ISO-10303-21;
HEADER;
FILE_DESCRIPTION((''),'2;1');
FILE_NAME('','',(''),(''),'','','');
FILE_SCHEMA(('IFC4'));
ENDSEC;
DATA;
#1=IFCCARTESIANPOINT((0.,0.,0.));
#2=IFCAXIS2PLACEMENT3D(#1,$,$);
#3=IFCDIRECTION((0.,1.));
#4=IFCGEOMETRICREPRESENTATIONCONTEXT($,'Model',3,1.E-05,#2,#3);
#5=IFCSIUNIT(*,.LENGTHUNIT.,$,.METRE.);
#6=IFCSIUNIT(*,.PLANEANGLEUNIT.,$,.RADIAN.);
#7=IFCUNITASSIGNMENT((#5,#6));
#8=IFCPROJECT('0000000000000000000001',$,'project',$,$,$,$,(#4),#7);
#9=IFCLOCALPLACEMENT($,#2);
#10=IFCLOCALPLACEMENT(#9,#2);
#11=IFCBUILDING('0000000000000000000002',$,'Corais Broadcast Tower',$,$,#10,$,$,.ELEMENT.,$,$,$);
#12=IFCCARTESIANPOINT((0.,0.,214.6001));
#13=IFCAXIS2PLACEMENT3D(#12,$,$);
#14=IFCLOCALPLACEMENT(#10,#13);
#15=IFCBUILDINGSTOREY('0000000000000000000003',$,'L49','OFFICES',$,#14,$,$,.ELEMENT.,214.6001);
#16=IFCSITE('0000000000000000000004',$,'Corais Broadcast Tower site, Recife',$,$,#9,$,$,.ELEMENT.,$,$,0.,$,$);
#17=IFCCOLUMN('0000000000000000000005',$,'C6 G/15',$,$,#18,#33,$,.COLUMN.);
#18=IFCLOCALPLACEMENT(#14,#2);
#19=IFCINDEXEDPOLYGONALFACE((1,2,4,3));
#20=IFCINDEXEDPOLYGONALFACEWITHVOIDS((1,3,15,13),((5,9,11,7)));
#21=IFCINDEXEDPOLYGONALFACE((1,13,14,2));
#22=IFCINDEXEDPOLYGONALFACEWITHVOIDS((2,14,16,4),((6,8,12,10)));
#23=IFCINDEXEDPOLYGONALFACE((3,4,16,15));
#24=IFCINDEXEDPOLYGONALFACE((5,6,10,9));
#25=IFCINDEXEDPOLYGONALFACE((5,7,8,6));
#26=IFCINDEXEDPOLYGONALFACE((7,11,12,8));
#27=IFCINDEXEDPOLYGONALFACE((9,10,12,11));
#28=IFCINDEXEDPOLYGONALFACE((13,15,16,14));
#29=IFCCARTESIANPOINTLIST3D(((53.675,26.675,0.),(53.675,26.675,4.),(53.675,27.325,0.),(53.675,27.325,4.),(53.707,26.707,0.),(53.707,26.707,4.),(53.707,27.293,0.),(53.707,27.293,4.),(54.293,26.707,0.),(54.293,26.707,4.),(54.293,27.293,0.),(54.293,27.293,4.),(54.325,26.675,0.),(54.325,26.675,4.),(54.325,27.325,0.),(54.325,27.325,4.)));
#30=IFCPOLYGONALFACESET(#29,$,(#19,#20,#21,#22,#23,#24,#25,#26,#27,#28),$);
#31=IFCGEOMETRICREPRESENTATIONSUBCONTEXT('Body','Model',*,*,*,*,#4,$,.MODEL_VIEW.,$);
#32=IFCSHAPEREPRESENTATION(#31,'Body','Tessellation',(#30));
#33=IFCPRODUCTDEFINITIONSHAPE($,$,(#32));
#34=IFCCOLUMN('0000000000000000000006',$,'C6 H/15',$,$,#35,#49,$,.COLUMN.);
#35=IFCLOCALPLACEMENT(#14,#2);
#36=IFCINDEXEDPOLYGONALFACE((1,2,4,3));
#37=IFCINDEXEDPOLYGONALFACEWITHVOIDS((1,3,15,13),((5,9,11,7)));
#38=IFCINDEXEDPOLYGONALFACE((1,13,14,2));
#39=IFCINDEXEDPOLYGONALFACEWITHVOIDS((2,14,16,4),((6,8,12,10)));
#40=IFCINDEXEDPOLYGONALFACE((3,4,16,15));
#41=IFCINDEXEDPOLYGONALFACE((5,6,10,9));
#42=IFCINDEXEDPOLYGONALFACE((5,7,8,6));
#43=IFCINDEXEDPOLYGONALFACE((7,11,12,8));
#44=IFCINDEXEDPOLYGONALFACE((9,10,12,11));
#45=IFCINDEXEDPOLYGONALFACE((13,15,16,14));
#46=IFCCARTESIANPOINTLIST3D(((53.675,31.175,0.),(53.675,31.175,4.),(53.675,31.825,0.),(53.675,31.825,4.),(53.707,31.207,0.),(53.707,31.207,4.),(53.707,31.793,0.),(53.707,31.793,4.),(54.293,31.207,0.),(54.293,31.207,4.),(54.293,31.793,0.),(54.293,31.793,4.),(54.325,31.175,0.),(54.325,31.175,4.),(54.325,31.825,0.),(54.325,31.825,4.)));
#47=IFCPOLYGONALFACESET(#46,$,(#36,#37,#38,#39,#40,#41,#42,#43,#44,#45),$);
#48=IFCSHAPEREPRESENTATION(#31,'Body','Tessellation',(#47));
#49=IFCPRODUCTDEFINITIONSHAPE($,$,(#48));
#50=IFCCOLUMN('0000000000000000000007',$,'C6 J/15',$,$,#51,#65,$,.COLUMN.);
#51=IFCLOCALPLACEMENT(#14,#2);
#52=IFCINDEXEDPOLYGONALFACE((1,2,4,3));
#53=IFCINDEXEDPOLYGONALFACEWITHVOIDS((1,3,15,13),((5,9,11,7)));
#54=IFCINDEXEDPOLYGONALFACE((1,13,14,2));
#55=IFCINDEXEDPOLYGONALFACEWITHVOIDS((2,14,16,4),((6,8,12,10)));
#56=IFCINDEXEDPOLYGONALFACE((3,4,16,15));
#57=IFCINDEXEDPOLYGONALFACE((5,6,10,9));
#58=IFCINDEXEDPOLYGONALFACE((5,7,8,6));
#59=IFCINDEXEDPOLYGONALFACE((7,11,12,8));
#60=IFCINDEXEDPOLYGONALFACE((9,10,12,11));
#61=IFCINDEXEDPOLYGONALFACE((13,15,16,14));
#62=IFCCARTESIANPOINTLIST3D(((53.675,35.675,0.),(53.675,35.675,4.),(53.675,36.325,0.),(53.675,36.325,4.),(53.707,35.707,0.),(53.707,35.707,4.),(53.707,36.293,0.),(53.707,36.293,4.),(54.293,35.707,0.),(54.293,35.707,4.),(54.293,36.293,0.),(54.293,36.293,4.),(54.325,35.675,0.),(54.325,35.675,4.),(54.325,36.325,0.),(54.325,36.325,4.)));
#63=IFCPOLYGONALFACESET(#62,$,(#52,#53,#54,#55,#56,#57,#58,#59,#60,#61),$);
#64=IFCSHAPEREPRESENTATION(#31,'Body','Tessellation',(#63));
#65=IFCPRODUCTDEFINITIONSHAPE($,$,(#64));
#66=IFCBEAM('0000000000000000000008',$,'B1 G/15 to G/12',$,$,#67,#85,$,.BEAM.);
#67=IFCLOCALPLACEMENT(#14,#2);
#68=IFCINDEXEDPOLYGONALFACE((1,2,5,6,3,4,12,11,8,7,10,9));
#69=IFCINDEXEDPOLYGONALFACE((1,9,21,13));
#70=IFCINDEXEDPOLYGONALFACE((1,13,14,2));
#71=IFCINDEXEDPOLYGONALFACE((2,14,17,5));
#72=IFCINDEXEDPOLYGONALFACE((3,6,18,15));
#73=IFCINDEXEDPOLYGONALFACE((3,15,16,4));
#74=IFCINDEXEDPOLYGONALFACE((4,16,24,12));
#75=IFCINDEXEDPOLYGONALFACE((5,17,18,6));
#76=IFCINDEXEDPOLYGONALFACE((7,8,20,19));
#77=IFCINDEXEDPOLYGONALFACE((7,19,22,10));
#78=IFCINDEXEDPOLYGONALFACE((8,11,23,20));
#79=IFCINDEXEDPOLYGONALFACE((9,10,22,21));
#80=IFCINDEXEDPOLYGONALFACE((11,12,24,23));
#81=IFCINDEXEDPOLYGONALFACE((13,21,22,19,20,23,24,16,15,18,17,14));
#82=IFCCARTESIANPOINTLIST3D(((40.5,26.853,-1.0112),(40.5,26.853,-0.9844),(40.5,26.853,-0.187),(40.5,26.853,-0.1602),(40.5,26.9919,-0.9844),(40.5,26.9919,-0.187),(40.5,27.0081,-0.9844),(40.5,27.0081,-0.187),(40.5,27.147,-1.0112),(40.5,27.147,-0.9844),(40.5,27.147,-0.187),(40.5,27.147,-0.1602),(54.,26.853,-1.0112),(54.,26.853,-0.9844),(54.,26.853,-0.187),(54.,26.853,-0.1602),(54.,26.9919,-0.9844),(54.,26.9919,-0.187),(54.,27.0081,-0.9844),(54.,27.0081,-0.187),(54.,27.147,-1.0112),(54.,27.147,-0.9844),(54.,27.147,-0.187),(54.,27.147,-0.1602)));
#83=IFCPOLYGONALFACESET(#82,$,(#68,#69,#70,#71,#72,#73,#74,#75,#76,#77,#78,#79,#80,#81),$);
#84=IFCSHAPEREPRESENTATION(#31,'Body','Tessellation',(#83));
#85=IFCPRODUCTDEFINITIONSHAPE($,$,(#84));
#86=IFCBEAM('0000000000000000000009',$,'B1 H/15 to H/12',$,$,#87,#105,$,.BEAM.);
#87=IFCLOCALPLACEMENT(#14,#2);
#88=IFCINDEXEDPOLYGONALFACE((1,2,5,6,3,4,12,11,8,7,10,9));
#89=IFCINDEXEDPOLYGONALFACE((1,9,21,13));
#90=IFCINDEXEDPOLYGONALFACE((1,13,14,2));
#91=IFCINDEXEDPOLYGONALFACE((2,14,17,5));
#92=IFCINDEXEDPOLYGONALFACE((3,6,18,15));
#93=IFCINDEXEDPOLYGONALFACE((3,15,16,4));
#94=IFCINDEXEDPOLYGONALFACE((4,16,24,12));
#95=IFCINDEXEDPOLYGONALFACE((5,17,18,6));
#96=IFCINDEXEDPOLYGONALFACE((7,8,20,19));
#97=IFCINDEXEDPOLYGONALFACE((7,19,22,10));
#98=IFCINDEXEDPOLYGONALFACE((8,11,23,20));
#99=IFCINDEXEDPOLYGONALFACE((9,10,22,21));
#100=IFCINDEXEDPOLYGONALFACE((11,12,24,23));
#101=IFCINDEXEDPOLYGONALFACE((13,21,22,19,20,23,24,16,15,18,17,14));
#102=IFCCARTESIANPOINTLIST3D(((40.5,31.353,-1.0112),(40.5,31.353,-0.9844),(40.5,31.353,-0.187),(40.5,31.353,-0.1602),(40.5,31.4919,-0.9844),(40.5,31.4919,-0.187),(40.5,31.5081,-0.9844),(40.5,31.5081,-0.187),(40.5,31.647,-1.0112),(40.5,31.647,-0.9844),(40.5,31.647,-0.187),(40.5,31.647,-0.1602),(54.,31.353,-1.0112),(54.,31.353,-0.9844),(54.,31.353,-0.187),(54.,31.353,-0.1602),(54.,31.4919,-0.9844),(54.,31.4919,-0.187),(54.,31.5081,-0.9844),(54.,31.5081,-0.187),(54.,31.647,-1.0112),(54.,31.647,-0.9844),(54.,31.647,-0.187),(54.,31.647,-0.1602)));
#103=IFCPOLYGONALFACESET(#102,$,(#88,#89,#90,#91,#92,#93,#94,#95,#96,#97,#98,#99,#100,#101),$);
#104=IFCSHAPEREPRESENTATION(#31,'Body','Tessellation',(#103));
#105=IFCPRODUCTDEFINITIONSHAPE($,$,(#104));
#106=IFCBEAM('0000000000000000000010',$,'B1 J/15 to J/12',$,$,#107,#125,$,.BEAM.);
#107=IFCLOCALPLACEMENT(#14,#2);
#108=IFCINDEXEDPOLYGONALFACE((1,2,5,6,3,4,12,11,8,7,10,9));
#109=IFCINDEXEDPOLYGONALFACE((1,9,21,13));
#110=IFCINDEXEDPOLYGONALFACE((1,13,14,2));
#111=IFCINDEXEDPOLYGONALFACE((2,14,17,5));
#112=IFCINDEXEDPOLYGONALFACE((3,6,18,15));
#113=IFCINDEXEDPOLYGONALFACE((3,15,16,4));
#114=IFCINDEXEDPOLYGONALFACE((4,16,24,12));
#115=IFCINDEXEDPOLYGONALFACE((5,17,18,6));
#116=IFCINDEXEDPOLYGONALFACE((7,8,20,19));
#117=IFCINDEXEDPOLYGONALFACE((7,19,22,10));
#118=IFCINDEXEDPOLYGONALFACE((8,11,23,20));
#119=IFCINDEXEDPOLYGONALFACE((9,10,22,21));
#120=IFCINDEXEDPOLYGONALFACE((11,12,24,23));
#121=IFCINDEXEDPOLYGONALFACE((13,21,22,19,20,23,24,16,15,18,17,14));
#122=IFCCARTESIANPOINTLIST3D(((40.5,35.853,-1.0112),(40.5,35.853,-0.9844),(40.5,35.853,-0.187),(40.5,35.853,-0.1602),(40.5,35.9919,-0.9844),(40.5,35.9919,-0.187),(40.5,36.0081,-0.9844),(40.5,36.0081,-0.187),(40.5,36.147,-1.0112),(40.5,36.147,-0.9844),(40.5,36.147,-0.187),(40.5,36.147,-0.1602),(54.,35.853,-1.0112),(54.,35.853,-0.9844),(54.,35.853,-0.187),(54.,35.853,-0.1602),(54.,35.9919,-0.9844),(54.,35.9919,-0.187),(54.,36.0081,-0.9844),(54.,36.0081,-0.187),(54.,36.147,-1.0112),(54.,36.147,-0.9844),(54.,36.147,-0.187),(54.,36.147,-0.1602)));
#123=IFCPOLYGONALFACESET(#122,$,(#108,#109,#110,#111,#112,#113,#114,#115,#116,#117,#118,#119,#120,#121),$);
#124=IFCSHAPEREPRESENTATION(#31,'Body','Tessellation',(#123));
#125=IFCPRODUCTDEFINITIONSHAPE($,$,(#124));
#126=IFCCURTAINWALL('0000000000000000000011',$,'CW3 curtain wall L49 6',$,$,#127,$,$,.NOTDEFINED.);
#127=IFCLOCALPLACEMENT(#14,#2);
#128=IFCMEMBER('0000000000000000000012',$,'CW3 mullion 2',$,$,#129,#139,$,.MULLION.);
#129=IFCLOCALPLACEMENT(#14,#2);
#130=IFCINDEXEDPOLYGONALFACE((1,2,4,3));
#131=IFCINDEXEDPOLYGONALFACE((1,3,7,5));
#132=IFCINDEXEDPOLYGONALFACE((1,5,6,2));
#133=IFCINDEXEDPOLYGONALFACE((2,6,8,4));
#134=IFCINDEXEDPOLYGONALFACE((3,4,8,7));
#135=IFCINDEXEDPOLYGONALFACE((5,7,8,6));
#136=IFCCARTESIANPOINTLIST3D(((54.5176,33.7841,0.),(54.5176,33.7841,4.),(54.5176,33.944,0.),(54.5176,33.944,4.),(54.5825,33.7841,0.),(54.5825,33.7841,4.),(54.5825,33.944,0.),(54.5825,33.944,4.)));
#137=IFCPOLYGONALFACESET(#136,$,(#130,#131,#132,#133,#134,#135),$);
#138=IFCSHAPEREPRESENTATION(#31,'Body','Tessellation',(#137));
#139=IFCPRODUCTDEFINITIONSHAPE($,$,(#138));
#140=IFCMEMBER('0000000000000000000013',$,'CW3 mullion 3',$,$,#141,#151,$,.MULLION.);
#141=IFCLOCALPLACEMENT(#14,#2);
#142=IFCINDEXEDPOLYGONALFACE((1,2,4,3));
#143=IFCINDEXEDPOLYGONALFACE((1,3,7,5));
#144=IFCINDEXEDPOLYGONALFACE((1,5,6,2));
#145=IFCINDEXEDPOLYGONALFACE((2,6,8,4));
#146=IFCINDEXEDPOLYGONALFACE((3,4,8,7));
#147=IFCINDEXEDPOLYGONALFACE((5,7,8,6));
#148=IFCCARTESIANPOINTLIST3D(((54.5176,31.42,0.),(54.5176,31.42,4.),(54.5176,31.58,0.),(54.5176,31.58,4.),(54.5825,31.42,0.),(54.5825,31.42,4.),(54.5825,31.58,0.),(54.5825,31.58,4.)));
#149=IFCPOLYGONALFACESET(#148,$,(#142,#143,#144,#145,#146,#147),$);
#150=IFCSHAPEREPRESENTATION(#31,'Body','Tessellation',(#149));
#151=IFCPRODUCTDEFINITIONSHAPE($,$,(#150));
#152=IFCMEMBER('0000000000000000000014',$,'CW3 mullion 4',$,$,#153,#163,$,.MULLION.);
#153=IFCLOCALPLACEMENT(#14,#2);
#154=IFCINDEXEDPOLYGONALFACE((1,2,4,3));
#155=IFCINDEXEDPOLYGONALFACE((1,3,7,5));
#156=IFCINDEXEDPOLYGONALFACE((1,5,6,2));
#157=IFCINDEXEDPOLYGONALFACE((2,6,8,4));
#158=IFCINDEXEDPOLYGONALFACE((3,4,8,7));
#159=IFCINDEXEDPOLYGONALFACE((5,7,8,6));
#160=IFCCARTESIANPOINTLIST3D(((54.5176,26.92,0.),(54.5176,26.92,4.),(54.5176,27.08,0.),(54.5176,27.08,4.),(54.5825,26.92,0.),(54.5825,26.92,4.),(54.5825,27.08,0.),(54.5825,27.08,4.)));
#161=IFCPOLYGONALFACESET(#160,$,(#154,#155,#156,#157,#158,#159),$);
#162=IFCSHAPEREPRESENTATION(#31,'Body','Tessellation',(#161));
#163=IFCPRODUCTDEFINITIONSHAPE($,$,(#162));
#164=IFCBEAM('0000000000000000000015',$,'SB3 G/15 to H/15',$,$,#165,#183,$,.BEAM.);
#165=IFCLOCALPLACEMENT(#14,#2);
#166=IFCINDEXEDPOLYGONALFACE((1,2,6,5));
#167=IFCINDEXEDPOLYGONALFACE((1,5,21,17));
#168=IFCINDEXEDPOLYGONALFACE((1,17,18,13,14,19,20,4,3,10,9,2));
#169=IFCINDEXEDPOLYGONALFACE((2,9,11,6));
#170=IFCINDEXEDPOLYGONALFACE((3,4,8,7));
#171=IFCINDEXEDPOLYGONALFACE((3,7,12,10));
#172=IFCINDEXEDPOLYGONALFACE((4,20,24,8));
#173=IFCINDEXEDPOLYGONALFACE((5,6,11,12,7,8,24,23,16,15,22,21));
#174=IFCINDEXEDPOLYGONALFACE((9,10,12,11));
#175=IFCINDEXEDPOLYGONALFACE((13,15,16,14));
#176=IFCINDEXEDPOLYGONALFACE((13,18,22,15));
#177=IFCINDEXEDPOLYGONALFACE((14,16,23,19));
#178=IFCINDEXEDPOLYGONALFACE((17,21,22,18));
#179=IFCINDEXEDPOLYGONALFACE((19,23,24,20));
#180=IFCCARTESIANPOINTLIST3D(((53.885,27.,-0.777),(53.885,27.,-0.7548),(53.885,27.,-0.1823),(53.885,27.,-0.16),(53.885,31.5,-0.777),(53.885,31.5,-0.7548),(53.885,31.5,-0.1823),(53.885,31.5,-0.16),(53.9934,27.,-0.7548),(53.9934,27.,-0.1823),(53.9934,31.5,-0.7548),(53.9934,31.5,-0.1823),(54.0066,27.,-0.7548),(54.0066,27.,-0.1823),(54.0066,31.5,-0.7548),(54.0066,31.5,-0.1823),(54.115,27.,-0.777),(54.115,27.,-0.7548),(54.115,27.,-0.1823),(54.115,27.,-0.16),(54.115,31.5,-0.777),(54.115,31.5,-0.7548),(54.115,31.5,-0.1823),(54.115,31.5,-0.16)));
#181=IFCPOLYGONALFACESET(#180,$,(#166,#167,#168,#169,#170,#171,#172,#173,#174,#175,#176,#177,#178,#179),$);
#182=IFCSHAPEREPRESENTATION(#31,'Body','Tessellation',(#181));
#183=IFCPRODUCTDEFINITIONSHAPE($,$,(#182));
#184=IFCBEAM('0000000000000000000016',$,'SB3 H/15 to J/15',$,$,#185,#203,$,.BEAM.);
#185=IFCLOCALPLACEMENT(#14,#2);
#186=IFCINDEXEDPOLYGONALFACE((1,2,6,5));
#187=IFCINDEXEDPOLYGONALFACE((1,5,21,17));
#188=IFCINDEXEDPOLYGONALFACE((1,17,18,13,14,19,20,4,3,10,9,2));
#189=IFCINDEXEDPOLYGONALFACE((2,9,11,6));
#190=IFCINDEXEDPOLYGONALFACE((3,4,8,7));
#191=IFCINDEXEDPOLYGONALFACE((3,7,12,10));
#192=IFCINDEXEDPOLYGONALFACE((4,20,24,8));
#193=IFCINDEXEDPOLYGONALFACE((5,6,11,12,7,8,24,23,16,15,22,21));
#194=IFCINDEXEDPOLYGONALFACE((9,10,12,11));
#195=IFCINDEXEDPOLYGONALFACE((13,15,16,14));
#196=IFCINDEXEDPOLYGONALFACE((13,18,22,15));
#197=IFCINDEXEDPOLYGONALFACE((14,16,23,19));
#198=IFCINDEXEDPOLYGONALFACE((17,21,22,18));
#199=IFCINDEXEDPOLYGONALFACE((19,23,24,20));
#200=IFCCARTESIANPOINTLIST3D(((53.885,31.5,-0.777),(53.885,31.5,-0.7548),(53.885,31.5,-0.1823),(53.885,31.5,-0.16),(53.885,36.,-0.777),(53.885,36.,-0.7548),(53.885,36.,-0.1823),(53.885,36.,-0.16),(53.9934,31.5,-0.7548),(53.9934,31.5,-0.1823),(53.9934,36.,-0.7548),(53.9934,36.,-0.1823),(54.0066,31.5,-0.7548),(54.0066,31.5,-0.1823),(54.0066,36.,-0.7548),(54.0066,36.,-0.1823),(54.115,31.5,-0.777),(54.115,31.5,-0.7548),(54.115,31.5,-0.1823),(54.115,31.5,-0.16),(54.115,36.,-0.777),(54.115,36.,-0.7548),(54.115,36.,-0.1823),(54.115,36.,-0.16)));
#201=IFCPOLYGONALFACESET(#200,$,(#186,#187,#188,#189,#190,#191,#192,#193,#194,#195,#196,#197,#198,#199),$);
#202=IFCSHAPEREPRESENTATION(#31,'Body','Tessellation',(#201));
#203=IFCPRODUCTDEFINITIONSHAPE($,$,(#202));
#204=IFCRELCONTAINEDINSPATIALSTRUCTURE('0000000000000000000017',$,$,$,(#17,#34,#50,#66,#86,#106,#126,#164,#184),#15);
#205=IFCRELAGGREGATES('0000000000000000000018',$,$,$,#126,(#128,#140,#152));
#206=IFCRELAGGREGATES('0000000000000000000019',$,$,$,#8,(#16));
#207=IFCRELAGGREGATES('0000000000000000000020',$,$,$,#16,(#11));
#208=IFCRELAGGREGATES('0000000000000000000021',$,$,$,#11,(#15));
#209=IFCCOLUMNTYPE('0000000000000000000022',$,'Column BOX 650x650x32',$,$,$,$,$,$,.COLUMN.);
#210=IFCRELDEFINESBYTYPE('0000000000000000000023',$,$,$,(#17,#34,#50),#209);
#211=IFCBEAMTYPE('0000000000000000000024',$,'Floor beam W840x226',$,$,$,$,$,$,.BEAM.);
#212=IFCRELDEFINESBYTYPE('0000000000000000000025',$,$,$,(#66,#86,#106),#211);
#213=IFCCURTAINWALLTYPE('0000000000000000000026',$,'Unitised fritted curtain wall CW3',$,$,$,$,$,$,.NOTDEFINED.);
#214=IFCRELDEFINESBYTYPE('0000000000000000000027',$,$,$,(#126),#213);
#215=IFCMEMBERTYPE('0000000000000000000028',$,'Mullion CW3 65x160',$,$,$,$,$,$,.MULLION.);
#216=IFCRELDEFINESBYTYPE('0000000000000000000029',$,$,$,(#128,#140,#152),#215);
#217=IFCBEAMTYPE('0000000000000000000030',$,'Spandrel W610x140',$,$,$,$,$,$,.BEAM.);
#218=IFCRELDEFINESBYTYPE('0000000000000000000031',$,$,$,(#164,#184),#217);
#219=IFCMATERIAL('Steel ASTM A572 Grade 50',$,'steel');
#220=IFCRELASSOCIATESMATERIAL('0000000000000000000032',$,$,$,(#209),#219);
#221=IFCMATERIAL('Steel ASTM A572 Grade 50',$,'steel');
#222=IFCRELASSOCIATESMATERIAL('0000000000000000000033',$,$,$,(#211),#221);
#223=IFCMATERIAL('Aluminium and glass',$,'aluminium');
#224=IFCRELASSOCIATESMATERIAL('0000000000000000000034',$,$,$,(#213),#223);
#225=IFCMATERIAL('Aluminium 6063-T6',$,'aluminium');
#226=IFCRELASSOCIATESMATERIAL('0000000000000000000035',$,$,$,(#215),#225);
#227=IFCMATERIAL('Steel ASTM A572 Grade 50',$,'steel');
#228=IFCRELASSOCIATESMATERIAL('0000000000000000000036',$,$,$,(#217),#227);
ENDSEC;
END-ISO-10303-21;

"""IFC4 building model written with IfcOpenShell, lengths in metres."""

from ifc_helpers import new_model, si_unit, direction, frame, origin, origin_2d, place, context, subcontext, project, spatial, rectangle, hollow_rectangle, i_section, extrude, material, material_profile, profile_set, type_object, element, aggregate, save


model = new_model("IFC4")

# Units and contexts
model_context = context("Model", 3, precision=1e-05, world=origin(), true_north=direction((0.0, 1.0)))
body_context = subcontext(model_context, "Body", "Model", "MODEL_VIEW")
ifc_project = project(units=[si_unit("LENGTHUNIT", "METRE"), si_unit("PLANEANGLEUNIT", "RADIAN")], contexts=[model_context])

# Site, building, storey
site_placement = place(None, origin())
site = spatial("IfcSite", under=ifc_project, at=site_placement, Name="Corais Broadcast Tower site, Recife", CompositionType="ELEMENT", RefElevation=0.0)
building_placement = place(site_placement, origin())
building = spatial("IfcBuilding", under=site, at=building_placement, Name="Corais Broadcast Tower", CompositionType="ELEMENT")
storey_placement = place(building_placement, frame((0.0, 0.0, 214.6001)))
storey = spatial("IfcBuildingStorey", under=building, at=storey_placement, Name="L49", Description="OFFICES", CompositionType="ELEMENT", Elevation=214.6001)

# Columns
ifc_material_1 = material(Name="Steel ASTM A572 Grade 50", Category="steel")
ifc_material_profile_1 = material_profile(ifc_material_1, hollow_rectangle(XDim=0.6499, YDim=0.6499, WallThickness=0.032, at=origin_2d()), Name="BOX 650x650x32")
ifc_profile_set_1 = profile_set([ifc_material_profile_1], Name="Steel ASTM A572 Grade 50")
column_type = type_object("IfcColumnType", Name="Column BOX 650x650x32", PredefinedType="COLUMN", material=ifc_profile_set_1)
for number, where, z_axis, x_axis, name in (
    (1, (54.0, 27.0, 0.0), (0.0, 0.0, 1.0), (1.0, 0.0, 0.0), "C6 G/15"),
    (2, (54.0, 31.5, 0.0), (0.0, 0.0, 1.0), (1.0, 0.0, 0.0), "C6 H/15"),
    (3, (54.0, 36.0, 0.0), (0.0, 0.0, 1.0), (1.0, 0.0, 0.0), "C6 J/15"),
):
    element("IfcColumn", number, at=place(storey_placement, frame(where, z_axis=z_axis, x_axis=x_axis)), inside=storey, type_object=column_type, Name=name, PredefinedType="COLUMN", context=body_context, shape_type="SweptSolid", body=[
        extrude(hollow_rectangle(XDim=0.6499, YDim=0.6499, WallThickness=0.032, at=origin_2d()), origin(), (0.0, 0.0, 1.0), 4.0),
    ])

# Beams
ifc_material_2 = material(Name="Steel ASTM A572 Grade 50", Category="steel")
ifc_material_profile_2 = material_profile(ifc_material_2, i_section(OverallWidth=0.2939, OverallDepth=0.8511, WebThickness=0.0161, FlangeThickness=0.0269, at=origin_2d()), Name="W840x226")
ifc_profile_set_2 = profile_set([ifc_material_profile_2], Name="Steel ASTM A572 Grade 50")
beam_type_1 = type_object("IfcBeamType", Name="Floor beam W840x226", PredefinedType="BEAM", material=ifc_profile_set_2)
for number, where, z_axis, x_axis, name in (
    (4, (54.0, 27.0, -0.5857), (-1.0, 0.0, 0.0), (0.0, -1.0, 0.0), "B1 G/15 to G/12"),
    (5, (54.0, 31.5, -0.5857), (-1.0, 0.0, 0.0), (0.0, -1.0, 0.0), "B1 H/15 to H/12"),
    (6, (54.0, 36.0, -0.5857), (-1.0, 0.0, 0.0), (0.0, -1.0, 0.0), "B1 J/15 to J/12"),
):
    element("IfcBeam", number, at=place(storey_placement, frame(where, z_axis=z_axis, x_axis=x_axis)), inside=storey, type_object=beam_type_1, Name=name, PredefinedType="BEAM", context=body_context, shape_type="SweptSolid", body=[
        extrude(i_section(OverallWidth=0.2939, OverallDepth=0.8511, WebThickness=0.0161, FlangeThickness=0.0269, at=origin_2d()), origin(), (0.0, 0.0, 1.0), 13.5),
    ])

# Curtain wall, members
ifc_material_3 = material(Name="Aluminium and glass", Category="aluminium")
curtain_wall_type = type_object("IfcCurtainWallType", Name="Unitised fritted curtain wall CW3", PredefinedType="NOTDEFINED", material=ifc_material_3)
curtain_wall_placement = place(storey_placement, origin())
curtain_wall = element("IfcCurtainWall", 7, at=curtain_wall_placement, inside=storey, type_object=curtain_wall_type, Name="CW3 curtain wall L49 6", PredefinedType="NOTDEFINED")
ifc_material_4 = material(Name="Aluminium 6063-T6", Category="aluminium")
ifc_material_profile_3 = material_profile(ifc_material_4, rectangle(XDim=0.0649, YDim=0.1599, at=origin_2d()), Name="Mullion CW3 65x160")
ifc_profile_set_3 = profile_set([ifc_material_profile_3], Name="Aluminium 6063-T6")
member_type_1 = type_object("IfcMemberType", Name="Mullion CW3 65x160", PredefinedType="MULLION", material=ifc_profile_set_3)
member_1_placement = place(storey_placement, frame((54.55, 33.864, 0.0), z_axis=(0.0, 0.0, 1.0), x_axis=(1.0, 0.0, 0.0)))
member_1 = element("IfcMember", 8, at=member_1_placement, type_object=member_type_1, Name="CW3 mullion 2", PredefinedType="MULLION", context=body_context, shape_type="SweptSolid", body=[
    extrude(rectangle(XDim=0.0649, YDim=0.1599, at=origin_2d()), origin(), (0.0, 0.0, 1.0), 4.0),
])
member_2_placement = place(storey_placement, frame((54.55, 31.5, 0.0), z_axis=(0.0, 0.0, 1.0), x_axis=(1.0, 0.0, 0.0)))
member_2 = element("IfcMember", 9, at=member_2_placement, type_object=member_type_1, Name="CW3 mullion 3", PredefinedType="MULLION", context=body_context, shape_type="SweptSolid", body=[
    extrude(rectangle(XDim=0.0649, YDim=0.1599, at=origin_2d()), origin(), (0.0, 0.0, 1.0), 4.0),
])
member_3_placement = place(storey_placement, frame((54.55, 27.0, 0.0), z_axis=(0.0, 0.0, 1.0), x_axis=(1.0, 0.0, 0.0)))
member_3 = element("IfcMember", 10, at=member_3_placement, type_object=member_type_1, Name="CW3 mullion 4", PredefinedType="MULLION", context=body_context, shape_type="SweptSolid", body=[
    extrude(rectangle(XDim=0.0649, YDim=0.1599, at=origin_2d()), origin(), (0.0, 0.0, 1.0), 4.0),
])

# Beams
ifc_material_5 = material(Name="Steel ASTM A572 Grade 50", Category="steel")
ifc_material_profile_4 = material_profile(ifc_material_5, i_section(OverallWidth=0.23, OverallDepth=0.6169, WebThickness=0.0132, FlangeThickness=0.0222, at=origin_2d()), Name="W610x140")
ifc_profile_set_4 = profile_set([ifc_material_profile_4], Name="Steel ASTM A572 Grade 50")
beam_type_2 = type_object("IfcBeamType", Name="Spandrel W610x140", PredefinedType="BEAM", material=ifc_profile_set_4)
for number, where, z_axis, x_axis, name in (
    (11, (54.0, 27.0, -0.4685), (0.0, 1.0, 0.0), (-1.0, 0.0, 0.0), "SB3 G/15 to H/15"),
    (12, (54.0, 31.5, -0.4685), (0.0, 1.0, 0.0), (-1.0, 0.0, 0.0), "SB3 H/15 to J/15"),
):
    element("IfcBeam", number, at=place(storey_placement, frame(where, z_axis=z_axis, x_axis=x_axis)), inside=storey, type_object=beam_type_2, Name=name, PredefinedType="BEAM", context=body_context, shape_type="SweptSolid", body=[
        extrude(i_section(OverallWidth=0.23, OverallDepth=0.6169, WebThickness=0.0132, FlangeThickness=0.0222, at=origin_2d()), origin(), (0.0, 0.0, 1.0), 4.5),
    ])

aggregate(curtain_wall, [member_1, member_2, member_3])

save(model, "model.ifc")
